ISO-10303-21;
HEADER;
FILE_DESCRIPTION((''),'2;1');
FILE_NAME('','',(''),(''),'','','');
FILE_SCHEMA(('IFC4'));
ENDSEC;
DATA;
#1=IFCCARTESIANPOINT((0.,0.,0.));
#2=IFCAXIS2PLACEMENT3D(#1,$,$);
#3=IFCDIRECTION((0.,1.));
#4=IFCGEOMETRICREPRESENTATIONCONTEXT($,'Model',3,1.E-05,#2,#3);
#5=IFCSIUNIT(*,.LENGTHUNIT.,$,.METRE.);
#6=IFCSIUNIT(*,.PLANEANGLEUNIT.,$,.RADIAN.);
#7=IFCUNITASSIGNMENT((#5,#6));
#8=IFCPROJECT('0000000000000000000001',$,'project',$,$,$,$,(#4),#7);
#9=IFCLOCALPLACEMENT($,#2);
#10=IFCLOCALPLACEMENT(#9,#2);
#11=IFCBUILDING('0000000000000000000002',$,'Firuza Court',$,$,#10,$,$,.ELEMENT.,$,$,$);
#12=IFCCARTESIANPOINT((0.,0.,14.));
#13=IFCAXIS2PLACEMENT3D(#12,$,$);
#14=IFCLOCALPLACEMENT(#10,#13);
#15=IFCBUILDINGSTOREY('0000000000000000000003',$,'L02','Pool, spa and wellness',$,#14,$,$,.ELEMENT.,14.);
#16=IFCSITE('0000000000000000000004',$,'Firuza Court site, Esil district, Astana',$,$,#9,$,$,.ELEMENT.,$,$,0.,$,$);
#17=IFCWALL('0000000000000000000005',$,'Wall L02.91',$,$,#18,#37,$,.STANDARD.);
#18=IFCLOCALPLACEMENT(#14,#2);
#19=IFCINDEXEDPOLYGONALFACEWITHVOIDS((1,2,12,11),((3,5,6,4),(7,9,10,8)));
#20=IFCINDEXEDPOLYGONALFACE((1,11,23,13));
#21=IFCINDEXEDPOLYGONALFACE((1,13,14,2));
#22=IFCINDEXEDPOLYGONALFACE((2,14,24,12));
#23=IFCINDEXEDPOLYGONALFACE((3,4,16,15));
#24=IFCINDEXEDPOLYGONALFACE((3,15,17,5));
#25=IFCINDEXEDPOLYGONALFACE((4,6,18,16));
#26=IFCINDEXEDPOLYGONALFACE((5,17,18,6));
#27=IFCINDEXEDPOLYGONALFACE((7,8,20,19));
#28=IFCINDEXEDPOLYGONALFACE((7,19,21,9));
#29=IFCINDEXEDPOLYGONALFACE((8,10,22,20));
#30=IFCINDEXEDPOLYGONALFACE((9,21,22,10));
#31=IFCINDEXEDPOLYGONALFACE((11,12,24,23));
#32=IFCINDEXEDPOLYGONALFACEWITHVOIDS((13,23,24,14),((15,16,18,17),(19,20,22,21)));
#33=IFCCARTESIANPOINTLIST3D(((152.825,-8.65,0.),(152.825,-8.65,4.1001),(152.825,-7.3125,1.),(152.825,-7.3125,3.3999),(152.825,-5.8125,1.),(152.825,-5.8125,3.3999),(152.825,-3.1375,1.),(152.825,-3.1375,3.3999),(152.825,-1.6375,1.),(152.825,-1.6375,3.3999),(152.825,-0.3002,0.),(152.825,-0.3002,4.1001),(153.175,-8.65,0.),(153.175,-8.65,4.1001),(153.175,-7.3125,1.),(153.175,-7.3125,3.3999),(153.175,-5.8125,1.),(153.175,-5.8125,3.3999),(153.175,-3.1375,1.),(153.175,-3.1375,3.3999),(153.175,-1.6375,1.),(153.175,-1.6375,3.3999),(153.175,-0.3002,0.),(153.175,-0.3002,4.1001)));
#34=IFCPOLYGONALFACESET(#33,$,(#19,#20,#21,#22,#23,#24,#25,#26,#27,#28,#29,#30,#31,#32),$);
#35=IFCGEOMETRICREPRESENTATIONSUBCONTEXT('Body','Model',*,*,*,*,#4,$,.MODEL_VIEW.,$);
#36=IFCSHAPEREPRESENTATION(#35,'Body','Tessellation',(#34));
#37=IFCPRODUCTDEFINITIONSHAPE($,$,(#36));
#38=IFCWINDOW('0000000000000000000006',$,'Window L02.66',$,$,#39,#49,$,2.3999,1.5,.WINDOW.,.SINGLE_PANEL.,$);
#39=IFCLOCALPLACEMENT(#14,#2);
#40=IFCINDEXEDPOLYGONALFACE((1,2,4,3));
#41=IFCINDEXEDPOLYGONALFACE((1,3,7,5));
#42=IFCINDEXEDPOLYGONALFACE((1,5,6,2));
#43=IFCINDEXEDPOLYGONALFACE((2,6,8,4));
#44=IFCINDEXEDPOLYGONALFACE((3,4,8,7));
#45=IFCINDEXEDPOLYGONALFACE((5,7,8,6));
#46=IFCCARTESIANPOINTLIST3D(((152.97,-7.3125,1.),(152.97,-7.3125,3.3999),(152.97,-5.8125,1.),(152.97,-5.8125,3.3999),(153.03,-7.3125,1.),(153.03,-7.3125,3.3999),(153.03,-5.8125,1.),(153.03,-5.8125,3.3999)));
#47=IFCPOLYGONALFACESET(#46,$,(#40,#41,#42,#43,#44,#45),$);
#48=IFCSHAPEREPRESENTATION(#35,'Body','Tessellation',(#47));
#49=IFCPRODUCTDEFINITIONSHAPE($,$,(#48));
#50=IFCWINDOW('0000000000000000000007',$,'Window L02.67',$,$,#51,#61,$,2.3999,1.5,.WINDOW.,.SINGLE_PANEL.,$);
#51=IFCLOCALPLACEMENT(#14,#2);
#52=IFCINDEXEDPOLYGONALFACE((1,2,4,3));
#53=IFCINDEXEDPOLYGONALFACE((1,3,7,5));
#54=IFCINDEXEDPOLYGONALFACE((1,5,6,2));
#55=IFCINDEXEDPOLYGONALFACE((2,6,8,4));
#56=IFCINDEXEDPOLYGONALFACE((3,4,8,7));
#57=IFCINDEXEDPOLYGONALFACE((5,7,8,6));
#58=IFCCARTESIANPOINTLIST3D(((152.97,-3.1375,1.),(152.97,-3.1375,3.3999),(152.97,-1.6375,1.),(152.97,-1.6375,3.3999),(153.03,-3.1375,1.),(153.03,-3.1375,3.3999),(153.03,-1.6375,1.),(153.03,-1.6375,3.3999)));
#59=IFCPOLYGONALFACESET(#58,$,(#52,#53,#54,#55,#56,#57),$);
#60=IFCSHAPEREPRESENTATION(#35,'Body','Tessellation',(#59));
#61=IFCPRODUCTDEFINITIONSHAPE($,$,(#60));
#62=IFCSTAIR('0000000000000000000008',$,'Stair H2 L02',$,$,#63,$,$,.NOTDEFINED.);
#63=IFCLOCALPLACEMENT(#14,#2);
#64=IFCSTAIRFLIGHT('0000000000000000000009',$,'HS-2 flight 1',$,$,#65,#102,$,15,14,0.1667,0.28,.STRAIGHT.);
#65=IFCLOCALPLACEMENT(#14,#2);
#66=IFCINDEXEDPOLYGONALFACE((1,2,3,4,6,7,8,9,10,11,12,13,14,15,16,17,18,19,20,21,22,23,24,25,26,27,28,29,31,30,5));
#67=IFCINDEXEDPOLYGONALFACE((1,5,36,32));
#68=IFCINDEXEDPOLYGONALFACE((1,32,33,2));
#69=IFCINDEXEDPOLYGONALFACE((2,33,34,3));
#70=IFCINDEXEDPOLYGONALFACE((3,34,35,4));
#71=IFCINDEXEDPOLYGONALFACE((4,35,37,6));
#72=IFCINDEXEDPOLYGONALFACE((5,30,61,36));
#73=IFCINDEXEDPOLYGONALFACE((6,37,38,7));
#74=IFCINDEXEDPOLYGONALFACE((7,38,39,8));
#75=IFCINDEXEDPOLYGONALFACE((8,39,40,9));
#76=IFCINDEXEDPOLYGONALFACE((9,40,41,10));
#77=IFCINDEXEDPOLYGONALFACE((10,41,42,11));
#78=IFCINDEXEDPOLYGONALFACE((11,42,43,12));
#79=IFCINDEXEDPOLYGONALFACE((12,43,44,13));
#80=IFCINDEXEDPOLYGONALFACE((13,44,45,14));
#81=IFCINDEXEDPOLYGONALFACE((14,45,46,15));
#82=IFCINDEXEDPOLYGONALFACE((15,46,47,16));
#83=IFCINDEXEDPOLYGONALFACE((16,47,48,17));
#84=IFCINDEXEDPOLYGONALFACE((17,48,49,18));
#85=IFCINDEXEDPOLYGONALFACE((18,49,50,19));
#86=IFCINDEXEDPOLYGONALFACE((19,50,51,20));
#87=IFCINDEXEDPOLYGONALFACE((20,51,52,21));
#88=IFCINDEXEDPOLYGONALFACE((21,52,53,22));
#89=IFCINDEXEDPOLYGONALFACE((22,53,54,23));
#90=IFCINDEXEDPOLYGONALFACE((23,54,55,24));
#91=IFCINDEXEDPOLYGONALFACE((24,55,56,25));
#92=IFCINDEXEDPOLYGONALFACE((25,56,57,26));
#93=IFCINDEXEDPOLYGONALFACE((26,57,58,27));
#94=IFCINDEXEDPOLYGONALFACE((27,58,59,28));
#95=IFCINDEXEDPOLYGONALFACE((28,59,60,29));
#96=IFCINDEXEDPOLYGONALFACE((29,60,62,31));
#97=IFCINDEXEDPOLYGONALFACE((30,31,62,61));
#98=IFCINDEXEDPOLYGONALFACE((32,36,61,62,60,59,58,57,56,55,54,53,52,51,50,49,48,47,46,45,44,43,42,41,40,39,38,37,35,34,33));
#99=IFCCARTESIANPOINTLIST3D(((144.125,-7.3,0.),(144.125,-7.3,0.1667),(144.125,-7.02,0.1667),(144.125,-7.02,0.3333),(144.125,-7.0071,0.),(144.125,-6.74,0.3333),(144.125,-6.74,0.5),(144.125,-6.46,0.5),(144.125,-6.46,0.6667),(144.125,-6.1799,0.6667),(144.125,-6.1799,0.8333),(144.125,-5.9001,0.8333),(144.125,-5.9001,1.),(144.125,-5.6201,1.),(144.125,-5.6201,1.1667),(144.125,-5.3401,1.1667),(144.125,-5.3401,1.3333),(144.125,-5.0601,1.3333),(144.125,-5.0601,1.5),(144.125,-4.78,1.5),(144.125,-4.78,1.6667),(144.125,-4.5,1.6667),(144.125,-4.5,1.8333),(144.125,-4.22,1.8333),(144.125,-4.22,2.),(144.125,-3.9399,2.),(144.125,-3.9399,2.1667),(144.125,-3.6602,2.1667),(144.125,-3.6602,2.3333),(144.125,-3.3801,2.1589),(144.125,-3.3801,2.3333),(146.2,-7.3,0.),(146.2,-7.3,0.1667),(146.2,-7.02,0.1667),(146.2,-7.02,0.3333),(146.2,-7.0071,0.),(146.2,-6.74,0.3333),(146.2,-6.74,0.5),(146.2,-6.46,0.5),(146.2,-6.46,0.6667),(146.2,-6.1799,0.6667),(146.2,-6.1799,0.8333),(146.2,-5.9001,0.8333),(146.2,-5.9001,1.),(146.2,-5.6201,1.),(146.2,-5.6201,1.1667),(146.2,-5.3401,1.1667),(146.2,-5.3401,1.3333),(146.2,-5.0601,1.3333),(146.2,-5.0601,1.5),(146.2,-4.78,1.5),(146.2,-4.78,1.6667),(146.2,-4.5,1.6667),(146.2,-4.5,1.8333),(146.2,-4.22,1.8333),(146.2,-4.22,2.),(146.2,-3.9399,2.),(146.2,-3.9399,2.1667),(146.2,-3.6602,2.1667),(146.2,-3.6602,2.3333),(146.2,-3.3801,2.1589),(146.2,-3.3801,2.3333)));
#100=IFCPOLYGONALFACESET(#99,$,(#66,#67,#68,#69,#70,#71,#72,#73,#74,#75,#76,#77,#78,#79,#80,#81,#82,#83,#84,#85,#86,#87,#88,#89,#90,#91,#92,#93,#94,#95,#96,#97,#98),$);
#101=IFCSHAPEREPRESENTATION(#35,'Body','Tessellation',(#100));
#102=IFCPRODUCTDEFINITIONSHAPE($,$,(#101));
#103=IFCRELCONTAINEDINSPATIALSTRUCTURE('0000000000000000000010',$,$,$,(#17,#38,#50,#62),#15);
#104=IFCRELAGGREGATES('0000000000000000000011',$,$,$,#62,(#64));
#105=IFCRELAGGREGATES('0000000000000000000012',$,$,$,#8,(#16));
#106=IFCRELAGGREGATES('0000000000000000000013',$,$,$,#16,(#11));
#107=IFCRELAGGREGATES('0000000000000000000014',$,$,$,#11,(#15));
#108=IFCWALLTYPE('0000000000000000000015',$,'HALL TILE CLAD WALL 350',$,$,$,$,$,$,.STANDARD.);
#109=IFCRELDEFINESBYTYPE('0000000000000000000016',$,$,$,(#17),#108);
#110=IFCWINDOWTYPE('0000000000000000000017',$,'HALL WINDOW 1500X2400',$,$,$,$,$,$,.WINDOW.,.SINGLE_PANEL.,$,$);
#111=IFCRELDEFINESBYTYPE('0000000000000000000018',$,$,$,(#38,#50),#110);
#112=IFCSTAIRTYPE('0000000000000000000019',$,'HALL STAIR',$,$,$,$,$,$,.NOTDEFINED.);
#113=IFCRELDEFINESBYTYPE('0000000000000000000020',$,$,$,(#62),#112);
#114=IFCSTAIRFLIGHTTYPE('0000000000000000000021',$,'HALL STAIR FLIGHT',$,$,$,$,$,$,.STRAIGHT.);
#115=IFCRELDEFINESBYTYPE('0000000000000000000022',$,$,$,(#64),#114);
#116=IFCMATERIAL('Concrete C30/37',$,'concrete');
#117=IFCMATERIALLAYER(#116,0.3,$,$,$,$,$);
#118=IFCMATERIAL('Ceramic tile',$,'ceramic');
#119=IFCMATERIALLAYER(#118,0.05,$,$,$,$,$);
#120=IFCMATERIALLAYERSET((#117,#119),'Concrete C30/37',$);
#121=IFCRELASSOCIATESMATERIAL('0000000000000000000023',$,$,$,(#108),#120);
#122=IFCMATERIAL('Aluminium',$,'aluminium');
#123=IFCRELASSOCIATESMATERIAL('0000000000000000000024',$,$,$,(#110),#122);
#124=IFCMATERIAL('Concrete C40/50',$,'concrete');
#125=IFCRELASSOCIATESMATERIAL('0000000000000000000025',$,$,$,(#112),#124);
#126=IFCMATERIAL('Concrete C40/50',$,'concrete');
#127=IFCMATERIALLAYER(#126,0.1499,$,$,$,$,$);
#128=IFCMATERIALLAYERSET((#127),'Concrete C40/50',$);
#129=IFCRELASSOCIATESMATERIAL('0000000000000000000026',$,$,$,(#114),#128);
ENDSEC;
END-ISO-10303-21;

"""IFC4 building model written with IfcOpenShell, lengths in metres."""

from ifc_helpers import new_model, si_unit, direction, frame, frame_2d, origin, place, context, subcontext, project, spatial, polyline, rectangle, outline, extrude, material, layer, layer_set, type_object, element, fill, aggregate, save


model = new_model("IFC4")

# Units and contexts
model_context = context("Model", 3, precision=1e-05, world=origin(), true_north=direction((0.0, 1.0)))
body_context = subcontext(model_context, "Body", "Model", "MODEL_VIEW")
ifc_project = project(units=[si_unit("LENGTHUNIT", "METRE"), si_unit("PLANEANGLEUNIT", "RADIAN")], contexts=[model_context])

# Site, building, storey
site_placement = place(None, origin())
site = spatial("IfcSite", under=ifc_project, at=site_placement, Name="Firuza Court site, Esil district, Astana", CompositionType="ELEMENT", RefElevation=0.0)
building_placement = place(site_placement, origin())
building = spatial("IfcBuilding", under=site, at=building_placement, Name="Firuza Court", CompositionType="ELEMENT")
storey_placement = place(building_placement, frame((0.0, 0.0, 14.0)))
storey = spatial("IfcBuildingStorey", under=building, at=storey_placement, Name="L02", Description="Pool, spa and wellness", CompositionType="ELEMENT", Elevation=14.0)

# Shared definitions
ifc_material_1 = material(Name="Concrete C40/50", Category="concrete")

# Shared definitions
ifc_material_2 = material(Name="Concrete C30/37", Category="concrete")
ifc_layer_1 = layer(ifc_material_2, 0.3)
ifc_material_3 = material(Name="Ceramic tile", Category="ceramic")
ifc_layer_2 = layer(ifc_material_3, 0.05)
ifc_layer_set_1 = layer_set([ifc_layer_1, ifc_layer_2], Name="Concrete C30/37")
wall_type_1 = type_object("IfcWallType", Name="HALL TILE CLAD WALL 350", PredefinedType="STANDARD", material=ifc_layer_set_1)

# Shared definitions
ifc_material_4 = material(Name="Aluminium", Category="aluminium")
window_type = type_object("IfcWindowType", Name="HALL WINDOW 1500X2400", PartitioningType="SINGLE_PANEL", PredefinedType="WINDOW", material=ifc_material_4)

# Wall, openings, windows
wall_1_placement = place(storey_placement, frame((153.0, -8.6499, 0.0), z_axis=(0.0, 0.0, 1.0), x_axis=(0.0, 1.0, 0.0)))
wall_1 = element("IfcWall", 1, at=wall_1_placement, inside=storey, type_object=wall_type_1, Name="Wall L02.91", PredefinedType="STANDARD", context=body_context, shape_type="SweptSolid", body=[
    extrude(rectangle(XDim=8.3499, YDim=0.3501, at=frame_2d((4.1748, 0.0))), origin(), (0.0, 0.0, 1.0), 4.1001),
])
opening_1_placement = place(wall_1_placement, frame((1.3374, 0.0, 1.0)))
opening_1 = element("IfcOpeningElement", 2, at=opening_1_placement, cuts=wall_1, PredefinedType="OPENING", context=body_context, shape_type="SweptSolid", body=[
    extrude(rectangle(XDim=1.5, YDim=2.3999, at=frame_2d((0.75, 1.2))), frame((0.0, 0.187, 0.0), z_axis=(0.0, -1.0, 0.0), x_axis=(1.0, 0.0, 0.0)), (0.0, 0.0, 1.0), 0.374),
])
opening_2_placement = place(wall_1_placement, frame((5.5125, 0.0, 1.0)))
opening_2 = element("IfcOpeningElement", 3, at=opening_2_placement, cuts=wall_1, PredefinedType="OPENING", context=body_context, shape_type="SweptSolid", body=[
    extrude(rectangle(XDim=1.5, YDim=2.3999, at=frame_2d((0.75, 1.2))), frame((0.0, 0.187, 0.0), z_axis=(0.0, -1.0, 0.0), x_axis=(1.0, 0.0, 0.0)), (0.0, 0.0, 1.0), 0.374),
])
window_1_placement = place(opening_1_placement, origin())
window_1 = element("IfcWindow", 4, at=window_1_placement, inside=storey, type_object=window_type, Name="Window L02.66", OverallHeight=2.3999, OverallWidth=1.5, PartitioningType="SINGLE_PANEL", PredefinedType="WINDOW", context=body_context, shape_type="SweptSolid", body=[
    extrude(rectangle(XDim=1.5, YDim=2.3999, at=frame_2d((0.75, 1.2))), frame((0.0, 0.03, 0.0), z_axis=(0.0, -1.0, 0.0), x_axis=(1.0, 0.0, 0.0)), (0.0, 0.0, 1.0), 0.0601),
])
fill(opening_1, window_1)
window_2_placement = place(opening_2_placement, origin())
window_2 = element("IfcWindow", 5, at=window_2_placement, inside=storey, type_object=window_type, Name="Window L02.67", OverallHeight=2.3999, OverallWidth=1.5, PartitioningType="SINGLE_PANEL", PredefinedType="WINDOW", context=body_context, shape_type="SweptSolid", body=[
    extrude(rectangle(XDim=1.5, YDim=2.3999, at=frame_2d((0.75, 1.2))), frame((0.0, 0.03, 0.0), z_axis=(0.0, -1.0, 0.0), x_axis=(1.0, 0.0, 0.0)), (0.0, 0.0, 1.0), 0.0601),
])
fill(opening_2, window_2)

# Stair, stair flight
ifc_material_5 = material(Name="Concrete C40/50", Category="concrete")
stair_type = type_object("IfcStairType", Name="HALL STAIR", PredefinedType="NOTDEFINED", material=ifc_material_5)
stair_placement = place(storey_placement, origin())
stair = element("IfcStair", 6, at=stair_placement, inside=storey, type_object=stair_type, Name="Stair H2 L02", PredefinedType="NOTDEFINED")
ifc_layer_3 = layer(ifc_material_1, 0.1499)
ifc_layer_set_2 = layer_set([ifc_layer_3], Name="Concrete C40/50")
stair_flight_type = type_object("IfcStairFlightType", Name="HALL STAIR FLIGHT", PredefinedType="STRAIGHT", material=ifc_layer_set_2)
stair_flight_placement = place(storey_placement, frame((145.1626, -7.3, 0.0), z_axis=(0.0, 0.0, 1.0), x_axis=(0.0, 1.0, 0.0)))
stair_flight = element("IfcStairFlight", 7, at=stair_flight_placement, type_object=stair_flight_type, Name="HS-2 flight 1", NumberOfRisers=15, NumberOfTreads=14, PredefinedType="STRAIGHT", RiserHeight=0.1667, TreadLength=0.28, context=body_context, shape_type="SweptSolid", body=[
    extrude(outline(polyline([(0.0, 0.0), (0.0, 0.1667), (0.28, 0.1667), (0.28, 0.3333), (0.5601, 0.3333), (0.5601, 0.5), (0.8401, 0.5), (0.8401, 0.6667), (1.1201, 0.6667), (1.1201, 0.8333), (1.3999, 0.8333), (1.3999, 1.0), (1.6799, 1.0), (1.6799, 1.1667), (1.96, 1.1667), (1.96, 1.3333), (2.24, 1.3333), (2.24, 1.5), (2.52, 1.5), (2.52, 1.6667), (2.8, 1.6667), (2.8, 1.8333), (3.0801, 1.8333), (3.0801, 2.0), (3.3601, 2.0), (3.3601, 2.1667), (3.6399, 2.1667), (3.6399, 2.3333), (3.9199, 2.3333), (3.9199, 2.5), (3.9199, 2.1589), (0.293, 0.0), (0.0, 0.0)])), frame((0.0, 1.0376, 0.0), z_axis=(0.0, -1.0, 0.0), x_axis=(1.0, 0.0, 0.0)), (0.0, 0.0, 1.0), 2.075),
])
aggregate(stair, [stair_flight])

save(model, "model.ifc")
